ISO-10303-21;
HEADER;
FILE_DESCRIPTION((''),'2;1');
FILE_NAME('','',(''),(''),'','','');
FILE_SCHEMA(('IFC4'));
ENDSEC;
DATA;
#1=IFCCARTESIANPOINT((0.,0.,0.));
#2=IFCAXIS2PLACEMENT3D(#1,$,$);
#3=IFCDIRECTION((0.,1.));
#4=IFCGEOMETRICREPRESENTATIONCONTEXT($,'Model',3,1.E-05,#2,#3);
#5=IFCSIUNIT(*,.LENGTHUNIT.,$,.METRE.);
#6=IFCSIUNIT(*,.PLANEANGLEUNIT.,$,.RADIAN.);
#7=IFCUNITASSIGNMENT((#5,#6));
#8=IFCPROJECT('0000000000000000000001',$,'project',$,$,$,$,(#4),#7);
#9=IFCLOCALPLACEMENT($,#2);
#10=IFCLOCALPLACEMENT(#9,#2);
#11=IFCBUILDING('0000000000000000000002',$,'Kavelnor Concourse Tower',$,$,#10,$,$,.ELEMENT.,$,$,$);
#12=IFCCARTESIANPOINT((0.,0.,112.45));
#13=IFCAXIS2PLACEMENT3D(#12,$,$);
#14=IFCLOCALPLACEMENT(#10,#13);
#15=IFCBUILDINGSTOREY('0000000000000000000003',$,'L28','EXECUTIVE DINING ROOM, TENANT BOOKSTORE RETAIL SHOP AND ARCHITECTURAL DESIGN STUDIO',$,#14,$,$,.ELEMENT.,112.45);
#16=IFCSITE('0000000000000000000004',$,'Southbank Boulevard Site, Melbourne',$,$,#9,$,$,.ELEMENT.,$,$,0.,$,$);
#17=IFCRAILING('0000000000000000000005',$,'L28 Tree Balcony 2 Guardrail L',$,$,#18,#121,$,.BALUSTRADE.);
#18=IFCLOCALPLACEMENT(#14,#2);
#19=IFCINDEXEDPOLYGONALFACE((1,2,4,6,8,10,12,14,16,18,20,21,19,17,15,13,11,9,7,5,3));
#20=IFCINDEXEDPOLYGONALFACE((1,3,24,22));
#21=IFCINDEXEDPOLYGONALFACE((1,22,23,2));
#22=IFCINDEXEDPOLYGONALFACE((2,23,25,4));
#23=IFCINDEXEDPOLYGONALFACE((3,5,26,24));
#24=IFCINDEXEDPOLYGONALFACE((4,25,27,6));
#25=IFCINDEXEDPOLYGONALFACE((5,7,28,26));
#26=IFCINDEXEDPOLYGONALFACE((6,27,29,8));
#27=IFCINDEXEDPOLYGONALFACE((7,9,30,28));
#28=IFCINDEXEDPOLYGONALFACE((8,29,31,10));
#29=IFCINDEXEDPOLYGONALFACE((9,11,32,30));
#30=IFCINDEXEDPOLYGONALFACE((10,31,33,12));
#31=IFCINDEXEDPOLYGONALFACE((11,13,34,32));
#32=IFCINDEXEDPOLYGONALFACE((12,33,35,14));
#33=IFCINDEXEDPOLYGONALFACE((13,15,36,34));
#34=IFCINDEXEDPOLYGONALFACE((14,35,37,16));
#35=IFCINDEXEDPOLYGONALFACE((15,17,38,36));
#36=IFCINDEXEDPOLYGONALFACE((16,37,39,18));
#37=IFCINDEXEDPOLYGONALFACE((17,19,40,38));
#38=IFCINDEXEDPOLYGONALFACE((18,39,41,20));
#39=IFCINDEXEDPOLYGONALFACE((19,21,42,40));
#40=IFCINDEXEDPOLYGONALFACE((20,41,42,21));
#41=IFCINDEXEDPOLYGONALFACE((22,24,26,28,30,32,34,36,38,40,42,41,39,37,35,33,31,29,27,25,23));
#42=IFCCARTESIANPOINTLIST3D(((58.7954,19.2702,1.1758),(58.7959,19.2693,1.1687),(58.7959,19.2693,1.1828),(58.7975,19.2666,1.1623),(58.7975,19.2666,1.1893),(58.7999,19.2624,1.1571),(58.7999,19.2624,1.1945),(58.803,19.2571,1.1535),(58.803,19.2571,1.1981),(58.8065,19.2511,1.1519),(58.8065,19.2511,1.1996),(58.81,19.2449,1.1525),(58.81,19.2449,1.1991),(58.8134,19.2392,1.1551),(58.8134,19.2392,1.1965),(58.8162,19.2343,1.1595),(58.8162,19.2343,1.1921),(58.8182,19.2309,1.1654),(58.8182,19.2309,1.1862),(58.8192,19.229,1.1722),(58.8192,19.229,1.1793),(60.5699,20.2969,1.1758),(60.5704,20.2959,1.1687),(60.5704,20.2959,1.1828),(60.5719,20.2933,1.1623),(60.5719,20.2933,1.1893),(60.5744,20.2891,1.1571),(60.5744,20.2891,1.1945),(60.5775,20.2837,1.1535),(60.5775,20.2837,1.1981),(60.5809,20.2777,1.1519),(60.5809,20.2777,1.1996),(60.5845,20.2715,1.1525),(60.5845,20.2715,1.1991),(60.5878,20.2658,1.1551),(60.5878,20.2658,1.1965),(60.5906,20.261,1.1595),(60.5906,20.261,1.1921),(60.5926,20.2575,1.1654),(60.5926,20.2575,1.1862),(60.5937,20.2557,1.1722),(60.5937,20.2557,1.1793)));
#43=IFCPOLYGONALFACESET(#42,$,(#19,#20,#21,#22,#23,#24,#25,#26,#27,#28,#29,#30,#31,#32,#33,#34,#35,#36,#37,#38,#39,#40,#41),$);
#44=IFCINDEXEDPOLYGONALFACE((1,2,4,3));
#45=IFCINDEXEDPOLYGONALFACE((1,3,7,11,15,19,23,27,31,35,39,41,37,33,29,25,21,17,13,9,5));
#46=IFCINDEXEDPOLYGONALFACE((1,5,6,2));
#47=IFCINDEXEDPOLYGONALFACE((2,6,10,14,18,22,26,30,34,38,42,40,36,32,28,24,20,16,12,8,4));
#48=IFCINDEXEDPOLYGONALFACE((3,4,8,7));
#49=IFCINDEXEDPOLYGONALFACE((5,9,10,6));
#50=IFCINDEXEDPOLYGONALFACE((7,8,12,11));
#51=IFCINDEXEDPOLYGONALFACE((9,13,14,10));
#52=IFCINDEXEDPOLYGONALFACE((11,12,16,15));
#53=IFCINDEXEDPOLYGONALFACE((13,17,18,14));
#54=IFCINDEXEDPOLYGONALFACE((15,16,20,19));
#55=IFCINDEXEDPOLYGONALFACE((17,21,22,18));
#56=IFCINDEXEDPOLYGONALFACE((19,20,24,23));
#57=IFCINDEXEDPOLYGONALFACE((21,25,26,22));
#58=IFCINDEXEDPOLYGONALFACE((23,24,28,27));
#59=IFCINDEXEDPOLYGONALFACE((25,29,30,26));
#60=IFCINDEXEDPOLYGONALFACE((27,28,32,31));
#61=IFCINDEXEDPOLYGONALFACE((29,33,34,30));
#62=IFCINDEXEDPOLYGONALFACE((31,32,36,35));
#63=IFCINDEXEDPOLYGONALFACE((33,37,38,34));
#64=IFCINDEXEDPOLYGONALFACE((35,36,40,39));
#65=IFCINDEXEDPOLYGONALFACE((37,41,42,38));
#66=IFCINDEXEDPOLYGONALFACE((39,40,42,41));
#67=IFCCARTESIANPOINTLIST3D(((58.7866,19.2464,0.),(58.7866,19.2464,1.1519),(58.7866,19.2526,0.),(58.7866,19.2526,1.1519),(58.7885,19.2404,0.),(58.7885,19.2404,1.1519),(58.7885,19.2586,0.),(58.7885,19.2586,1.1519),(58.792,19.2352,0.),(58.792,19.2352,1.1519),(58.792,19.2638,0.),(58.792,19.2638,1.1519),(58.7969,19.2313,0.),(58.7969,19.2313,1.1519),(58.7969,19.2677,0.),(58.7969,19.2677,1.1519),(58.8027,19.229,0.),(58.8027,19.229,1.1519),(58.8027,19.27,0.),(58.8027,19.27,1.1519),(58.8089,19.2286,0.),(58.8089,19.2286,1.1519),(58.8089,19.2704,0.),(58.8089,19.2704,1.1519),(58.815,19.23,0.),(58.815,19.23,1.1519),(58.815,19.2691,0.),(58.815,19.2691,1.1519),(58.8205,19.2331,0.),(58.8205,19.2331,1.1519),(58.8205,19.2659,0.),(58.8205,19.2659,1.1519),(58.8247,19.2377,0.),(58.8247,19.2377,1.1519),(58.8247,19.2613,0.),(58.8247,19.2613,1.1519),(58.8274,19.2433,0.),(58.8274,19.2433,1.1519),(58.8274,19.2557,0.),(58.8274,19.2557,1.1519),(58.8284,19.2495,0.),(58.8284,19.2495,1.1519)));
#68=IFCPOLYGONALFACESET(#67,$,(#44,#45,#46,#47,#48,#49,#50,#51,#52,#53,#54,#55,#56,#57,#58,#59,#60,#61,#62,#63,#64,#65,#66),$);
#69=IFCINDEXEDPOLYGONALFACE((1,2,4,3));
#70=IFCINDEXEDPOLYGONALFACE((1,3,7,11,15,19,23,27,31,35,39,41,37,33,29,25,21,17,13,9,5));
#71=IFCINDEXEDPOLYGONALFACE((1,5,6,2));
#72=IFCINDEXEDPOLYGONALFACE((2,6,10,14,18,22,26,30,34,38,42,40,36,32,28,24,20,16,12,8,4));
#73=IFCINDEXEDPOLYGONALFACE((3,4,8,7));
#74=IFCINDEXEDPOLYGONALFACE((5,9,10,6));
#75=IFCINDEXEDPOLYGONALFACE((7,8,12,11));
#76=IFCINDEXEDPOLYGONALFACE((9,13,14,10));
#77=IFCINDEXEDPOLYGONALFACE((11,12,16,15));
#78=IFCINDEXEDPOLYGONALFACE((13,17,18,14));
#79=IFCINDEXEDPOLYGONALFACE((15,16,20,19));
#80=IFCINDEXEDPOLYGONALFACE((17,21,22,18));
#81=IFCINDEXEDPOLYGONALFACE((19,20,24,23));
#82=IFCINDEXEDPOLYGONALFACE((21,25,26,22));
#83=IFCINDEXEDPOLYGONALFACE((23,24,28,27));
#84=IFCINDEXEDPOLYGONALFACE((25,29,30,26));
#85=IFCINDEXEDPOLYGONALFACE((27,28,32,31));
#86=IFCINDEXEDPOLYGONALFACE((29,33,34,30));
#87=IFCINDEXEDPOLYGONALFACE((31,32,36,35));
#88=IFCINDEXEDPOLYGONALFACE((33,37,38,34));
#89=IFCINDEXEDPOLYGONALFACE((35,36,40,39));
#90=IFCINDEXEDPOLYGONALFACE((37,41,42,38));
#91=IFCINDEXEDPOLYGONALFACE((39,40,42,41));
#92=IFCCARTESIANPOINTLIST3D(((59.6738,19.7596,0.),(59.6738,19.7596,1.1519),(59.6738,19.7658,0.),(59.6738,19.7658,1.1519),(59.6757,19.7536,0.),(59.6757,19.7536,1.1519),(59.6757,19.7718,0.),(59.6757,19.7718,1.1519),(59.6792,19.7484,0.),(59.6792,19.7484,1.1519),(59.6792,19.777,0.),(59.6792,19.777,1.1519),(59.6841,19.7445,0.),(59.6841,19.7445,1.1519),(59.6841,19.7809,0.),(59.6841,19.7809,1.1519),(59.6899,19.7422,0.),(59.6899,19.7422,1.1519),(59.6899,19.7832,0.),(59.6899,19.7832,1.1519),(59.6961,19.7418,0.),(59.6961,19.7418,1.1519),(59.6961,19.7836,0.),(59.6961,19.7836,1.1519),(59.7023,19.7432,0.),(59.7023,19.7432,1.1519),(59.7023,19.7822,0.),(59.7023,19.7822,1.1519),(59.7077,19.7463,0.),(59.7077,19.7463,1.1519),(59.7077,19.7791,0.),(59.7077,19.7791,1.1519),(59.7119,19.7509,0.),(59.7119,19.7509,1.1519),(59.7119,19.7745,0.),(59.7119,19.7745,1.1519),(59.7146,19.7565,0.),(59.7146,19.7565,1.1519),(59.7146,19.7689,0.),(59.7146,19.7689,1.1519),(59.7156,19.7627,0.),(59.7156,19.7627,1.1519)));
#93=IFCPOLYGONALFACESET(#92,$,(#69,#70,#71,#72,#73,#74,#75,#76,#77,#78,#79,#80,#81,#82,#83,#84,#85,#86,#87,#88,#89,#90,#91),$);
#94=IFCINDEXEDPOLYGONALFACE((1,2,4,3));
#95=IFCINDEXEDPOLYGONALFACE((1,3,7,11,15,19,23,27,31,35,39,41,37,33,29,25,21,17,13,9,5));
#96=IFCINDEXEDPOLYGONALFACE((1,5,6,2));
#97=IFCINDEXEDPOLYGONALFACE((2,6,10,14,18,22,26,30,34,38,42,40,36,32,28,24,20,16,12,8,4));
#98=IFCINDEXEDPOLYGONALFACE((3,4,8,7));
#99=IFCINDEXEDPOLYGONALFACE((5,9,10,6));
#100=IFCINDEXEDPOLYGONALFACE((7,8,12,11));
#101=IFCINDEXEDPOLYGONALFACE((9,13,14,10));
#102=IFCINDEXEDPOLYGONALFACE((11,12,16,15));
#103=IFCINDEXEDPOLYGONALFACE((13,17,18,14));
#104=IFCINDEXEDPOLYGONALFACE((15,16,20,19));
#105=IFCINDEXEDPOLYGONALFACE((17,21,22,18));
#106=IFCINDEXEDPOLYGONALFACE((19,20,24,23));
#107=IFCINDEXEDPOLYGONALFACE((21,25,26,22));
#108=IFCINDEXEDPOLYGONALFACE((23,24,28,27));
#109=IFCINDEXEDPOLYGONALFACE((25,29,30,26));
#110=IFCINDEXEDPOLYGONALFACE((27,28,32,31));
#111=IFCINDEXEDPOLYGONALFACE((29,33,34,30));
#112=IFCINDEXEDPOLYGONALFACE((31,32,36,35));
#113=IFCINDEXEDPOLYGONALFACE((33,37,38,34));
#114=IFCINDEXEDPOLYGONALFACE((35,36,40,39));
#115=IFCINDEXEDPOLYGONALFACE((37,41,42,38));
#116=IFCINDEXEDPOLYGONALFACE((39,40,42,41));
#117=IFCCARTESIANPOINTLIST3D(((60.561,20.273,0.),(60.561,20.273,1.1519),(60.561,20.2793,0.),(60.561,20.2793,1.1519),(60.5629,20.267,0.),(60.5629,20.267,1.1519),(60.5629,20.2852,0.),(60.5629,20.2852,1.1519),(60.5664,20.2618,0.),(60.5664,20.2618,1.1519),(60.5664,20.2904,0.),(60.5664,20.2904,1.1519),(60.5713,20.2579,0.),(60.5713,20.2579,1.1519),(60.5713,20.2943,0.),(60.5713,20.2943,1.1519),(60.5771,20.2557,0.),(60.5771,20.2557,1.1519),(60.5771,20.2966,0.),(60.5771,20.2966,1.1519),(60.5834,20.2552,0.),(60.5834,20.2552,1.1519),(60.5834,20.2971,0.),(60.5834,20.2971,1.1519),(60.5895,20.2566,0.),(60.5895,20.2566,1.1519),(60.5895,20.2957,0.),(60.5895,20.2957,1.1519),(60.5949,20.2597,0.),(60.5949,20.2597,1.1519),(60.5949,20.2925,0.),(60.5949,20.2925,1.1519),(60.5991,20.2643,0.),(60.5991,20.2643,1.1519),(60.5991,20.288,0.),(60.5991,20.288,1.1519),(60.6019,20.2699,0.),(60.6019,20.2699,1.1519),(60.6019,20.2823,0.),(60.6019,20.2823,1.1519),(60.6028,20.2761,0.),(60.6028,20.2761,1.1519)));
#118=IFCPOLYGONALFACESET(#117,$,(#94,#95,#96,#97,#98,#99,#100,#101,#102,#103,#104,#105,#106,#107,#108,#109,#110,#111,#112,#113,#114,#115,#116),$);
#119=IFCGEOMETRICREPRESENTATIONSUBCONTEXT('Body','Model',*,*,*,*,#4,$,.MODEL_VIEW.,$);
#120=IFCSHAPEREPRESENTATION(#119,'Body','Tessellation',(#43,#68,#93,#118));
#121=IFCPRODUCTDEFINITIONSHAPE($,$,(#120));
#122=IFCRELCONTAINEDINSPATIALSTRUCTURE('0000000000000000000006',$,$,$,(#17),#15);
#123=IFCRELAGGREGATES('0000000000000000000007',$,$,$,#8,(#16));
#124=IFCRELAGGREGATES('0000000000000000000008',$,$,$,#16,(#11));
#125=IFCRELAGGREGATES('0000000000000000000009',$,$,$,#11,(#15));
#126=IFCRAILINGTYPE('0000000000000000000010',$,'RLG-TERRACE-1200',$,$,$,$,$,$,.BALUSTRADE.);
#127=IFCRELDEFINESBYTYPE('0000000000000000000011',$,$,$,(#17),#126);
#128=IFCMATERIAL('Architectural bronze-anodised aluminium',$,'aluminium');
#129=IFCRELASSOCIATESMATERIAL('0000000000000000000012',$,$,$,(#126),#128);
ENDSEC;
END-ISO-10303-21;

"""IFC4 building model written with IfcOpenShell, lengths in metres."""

from ifc_helpers import new_model, si_unit, direction, frame, origin, origin_2d, place, context, subcontext, project, spatial, circle, extrude, material, type_object, element, save


model = new_model("IFC4")

# Units and contexts
model_context = context("Model", 3, precision=1e-05, world=origin(), true_north=direction((0.0, 1.0)))
body_context = subcontext(model_context, "Body", "Model", "MODEL_VIEW")
ifc_project = project(units=[si_unit("LENGTHUNIT", "METRE"), si_unit("PLANEANGLEUNIT", "RADIAN")], contexts=[model_context])

# Site, building, storey
site_placement = place(None, origin())
site = spatial("IfcSite", under=ifc_project, at=site_placement, Name="Southbank Boulevard Site, Melbourne", CompositionType="ELEMENT", RefElevation=0.0)
building_placement = place(site_placement, origin())
building = spatial("IfcBuilding", under=site, at=building_placement, Name="Kavelnor Concourse Tower", CompositionType="ELEMENT")
storey_placement = place(building_placement, frame((0.0, 0.0, 112.45)))
storey = spatial("IfcBuildingStorey", under=building, at=storey_placement, Name="L28", Description="EXECUTIVE DINING ROOM, TENANT BOOKSTORE RETAIL SHOP AND ARCHITECTURAL DESIGN STUDIO", CompositionType="ELEMENT", Elevation=112.45)

# Railing
ifc_material_1 = material(Name="Architectural bronze-anodised aluminium", Category="aluminium")
railing_type_1 = type_object("IfcRailingType", Name="RLG-TERRACE-1200", PredefinedType="BALUSTRADE", material=ifc_material_1)
railing_1_placement = place(storey_placement, frame((58.8074, 19.2495, 0.0)))
element("IfcRailing", 1, at=railing_1_placement, inside=storey, type_object=railing_type_1, Name="L28 Tree Balcony 2 Guardrail L", PredefinedType="BALUSTRADE", context=body_context, shape_type="SweptSolid", body=[
    extrude(circle(Radius=0.0239, at=origin_2d()), frame((0.0, 0.0, 1.1758), z_axis=(0.86557, 0.500787, 0.0), x_axis=(-0.500787, 0.86557, 0.0)), (0.0, 0.0, 1.0), 2.05),
    extrude(circle(Radius=0.021, at=origin_2d()), origin(), (0.0, 0.0, 1.0), 1.1519),
    extrude(circle(Radius=0.021, at=origin_2d()), frame((0.8872, 0.5132, 0.0)), (0.0, 0.0, 1.0), 1.1519),
    extrude(circle(Radius=0.021, at=origin_2d()), frame((1.7744, 1.0266, 0.0)), (0.0, 0.0, 1.0), 1.1519),
])

save(model, "model.ifc")
